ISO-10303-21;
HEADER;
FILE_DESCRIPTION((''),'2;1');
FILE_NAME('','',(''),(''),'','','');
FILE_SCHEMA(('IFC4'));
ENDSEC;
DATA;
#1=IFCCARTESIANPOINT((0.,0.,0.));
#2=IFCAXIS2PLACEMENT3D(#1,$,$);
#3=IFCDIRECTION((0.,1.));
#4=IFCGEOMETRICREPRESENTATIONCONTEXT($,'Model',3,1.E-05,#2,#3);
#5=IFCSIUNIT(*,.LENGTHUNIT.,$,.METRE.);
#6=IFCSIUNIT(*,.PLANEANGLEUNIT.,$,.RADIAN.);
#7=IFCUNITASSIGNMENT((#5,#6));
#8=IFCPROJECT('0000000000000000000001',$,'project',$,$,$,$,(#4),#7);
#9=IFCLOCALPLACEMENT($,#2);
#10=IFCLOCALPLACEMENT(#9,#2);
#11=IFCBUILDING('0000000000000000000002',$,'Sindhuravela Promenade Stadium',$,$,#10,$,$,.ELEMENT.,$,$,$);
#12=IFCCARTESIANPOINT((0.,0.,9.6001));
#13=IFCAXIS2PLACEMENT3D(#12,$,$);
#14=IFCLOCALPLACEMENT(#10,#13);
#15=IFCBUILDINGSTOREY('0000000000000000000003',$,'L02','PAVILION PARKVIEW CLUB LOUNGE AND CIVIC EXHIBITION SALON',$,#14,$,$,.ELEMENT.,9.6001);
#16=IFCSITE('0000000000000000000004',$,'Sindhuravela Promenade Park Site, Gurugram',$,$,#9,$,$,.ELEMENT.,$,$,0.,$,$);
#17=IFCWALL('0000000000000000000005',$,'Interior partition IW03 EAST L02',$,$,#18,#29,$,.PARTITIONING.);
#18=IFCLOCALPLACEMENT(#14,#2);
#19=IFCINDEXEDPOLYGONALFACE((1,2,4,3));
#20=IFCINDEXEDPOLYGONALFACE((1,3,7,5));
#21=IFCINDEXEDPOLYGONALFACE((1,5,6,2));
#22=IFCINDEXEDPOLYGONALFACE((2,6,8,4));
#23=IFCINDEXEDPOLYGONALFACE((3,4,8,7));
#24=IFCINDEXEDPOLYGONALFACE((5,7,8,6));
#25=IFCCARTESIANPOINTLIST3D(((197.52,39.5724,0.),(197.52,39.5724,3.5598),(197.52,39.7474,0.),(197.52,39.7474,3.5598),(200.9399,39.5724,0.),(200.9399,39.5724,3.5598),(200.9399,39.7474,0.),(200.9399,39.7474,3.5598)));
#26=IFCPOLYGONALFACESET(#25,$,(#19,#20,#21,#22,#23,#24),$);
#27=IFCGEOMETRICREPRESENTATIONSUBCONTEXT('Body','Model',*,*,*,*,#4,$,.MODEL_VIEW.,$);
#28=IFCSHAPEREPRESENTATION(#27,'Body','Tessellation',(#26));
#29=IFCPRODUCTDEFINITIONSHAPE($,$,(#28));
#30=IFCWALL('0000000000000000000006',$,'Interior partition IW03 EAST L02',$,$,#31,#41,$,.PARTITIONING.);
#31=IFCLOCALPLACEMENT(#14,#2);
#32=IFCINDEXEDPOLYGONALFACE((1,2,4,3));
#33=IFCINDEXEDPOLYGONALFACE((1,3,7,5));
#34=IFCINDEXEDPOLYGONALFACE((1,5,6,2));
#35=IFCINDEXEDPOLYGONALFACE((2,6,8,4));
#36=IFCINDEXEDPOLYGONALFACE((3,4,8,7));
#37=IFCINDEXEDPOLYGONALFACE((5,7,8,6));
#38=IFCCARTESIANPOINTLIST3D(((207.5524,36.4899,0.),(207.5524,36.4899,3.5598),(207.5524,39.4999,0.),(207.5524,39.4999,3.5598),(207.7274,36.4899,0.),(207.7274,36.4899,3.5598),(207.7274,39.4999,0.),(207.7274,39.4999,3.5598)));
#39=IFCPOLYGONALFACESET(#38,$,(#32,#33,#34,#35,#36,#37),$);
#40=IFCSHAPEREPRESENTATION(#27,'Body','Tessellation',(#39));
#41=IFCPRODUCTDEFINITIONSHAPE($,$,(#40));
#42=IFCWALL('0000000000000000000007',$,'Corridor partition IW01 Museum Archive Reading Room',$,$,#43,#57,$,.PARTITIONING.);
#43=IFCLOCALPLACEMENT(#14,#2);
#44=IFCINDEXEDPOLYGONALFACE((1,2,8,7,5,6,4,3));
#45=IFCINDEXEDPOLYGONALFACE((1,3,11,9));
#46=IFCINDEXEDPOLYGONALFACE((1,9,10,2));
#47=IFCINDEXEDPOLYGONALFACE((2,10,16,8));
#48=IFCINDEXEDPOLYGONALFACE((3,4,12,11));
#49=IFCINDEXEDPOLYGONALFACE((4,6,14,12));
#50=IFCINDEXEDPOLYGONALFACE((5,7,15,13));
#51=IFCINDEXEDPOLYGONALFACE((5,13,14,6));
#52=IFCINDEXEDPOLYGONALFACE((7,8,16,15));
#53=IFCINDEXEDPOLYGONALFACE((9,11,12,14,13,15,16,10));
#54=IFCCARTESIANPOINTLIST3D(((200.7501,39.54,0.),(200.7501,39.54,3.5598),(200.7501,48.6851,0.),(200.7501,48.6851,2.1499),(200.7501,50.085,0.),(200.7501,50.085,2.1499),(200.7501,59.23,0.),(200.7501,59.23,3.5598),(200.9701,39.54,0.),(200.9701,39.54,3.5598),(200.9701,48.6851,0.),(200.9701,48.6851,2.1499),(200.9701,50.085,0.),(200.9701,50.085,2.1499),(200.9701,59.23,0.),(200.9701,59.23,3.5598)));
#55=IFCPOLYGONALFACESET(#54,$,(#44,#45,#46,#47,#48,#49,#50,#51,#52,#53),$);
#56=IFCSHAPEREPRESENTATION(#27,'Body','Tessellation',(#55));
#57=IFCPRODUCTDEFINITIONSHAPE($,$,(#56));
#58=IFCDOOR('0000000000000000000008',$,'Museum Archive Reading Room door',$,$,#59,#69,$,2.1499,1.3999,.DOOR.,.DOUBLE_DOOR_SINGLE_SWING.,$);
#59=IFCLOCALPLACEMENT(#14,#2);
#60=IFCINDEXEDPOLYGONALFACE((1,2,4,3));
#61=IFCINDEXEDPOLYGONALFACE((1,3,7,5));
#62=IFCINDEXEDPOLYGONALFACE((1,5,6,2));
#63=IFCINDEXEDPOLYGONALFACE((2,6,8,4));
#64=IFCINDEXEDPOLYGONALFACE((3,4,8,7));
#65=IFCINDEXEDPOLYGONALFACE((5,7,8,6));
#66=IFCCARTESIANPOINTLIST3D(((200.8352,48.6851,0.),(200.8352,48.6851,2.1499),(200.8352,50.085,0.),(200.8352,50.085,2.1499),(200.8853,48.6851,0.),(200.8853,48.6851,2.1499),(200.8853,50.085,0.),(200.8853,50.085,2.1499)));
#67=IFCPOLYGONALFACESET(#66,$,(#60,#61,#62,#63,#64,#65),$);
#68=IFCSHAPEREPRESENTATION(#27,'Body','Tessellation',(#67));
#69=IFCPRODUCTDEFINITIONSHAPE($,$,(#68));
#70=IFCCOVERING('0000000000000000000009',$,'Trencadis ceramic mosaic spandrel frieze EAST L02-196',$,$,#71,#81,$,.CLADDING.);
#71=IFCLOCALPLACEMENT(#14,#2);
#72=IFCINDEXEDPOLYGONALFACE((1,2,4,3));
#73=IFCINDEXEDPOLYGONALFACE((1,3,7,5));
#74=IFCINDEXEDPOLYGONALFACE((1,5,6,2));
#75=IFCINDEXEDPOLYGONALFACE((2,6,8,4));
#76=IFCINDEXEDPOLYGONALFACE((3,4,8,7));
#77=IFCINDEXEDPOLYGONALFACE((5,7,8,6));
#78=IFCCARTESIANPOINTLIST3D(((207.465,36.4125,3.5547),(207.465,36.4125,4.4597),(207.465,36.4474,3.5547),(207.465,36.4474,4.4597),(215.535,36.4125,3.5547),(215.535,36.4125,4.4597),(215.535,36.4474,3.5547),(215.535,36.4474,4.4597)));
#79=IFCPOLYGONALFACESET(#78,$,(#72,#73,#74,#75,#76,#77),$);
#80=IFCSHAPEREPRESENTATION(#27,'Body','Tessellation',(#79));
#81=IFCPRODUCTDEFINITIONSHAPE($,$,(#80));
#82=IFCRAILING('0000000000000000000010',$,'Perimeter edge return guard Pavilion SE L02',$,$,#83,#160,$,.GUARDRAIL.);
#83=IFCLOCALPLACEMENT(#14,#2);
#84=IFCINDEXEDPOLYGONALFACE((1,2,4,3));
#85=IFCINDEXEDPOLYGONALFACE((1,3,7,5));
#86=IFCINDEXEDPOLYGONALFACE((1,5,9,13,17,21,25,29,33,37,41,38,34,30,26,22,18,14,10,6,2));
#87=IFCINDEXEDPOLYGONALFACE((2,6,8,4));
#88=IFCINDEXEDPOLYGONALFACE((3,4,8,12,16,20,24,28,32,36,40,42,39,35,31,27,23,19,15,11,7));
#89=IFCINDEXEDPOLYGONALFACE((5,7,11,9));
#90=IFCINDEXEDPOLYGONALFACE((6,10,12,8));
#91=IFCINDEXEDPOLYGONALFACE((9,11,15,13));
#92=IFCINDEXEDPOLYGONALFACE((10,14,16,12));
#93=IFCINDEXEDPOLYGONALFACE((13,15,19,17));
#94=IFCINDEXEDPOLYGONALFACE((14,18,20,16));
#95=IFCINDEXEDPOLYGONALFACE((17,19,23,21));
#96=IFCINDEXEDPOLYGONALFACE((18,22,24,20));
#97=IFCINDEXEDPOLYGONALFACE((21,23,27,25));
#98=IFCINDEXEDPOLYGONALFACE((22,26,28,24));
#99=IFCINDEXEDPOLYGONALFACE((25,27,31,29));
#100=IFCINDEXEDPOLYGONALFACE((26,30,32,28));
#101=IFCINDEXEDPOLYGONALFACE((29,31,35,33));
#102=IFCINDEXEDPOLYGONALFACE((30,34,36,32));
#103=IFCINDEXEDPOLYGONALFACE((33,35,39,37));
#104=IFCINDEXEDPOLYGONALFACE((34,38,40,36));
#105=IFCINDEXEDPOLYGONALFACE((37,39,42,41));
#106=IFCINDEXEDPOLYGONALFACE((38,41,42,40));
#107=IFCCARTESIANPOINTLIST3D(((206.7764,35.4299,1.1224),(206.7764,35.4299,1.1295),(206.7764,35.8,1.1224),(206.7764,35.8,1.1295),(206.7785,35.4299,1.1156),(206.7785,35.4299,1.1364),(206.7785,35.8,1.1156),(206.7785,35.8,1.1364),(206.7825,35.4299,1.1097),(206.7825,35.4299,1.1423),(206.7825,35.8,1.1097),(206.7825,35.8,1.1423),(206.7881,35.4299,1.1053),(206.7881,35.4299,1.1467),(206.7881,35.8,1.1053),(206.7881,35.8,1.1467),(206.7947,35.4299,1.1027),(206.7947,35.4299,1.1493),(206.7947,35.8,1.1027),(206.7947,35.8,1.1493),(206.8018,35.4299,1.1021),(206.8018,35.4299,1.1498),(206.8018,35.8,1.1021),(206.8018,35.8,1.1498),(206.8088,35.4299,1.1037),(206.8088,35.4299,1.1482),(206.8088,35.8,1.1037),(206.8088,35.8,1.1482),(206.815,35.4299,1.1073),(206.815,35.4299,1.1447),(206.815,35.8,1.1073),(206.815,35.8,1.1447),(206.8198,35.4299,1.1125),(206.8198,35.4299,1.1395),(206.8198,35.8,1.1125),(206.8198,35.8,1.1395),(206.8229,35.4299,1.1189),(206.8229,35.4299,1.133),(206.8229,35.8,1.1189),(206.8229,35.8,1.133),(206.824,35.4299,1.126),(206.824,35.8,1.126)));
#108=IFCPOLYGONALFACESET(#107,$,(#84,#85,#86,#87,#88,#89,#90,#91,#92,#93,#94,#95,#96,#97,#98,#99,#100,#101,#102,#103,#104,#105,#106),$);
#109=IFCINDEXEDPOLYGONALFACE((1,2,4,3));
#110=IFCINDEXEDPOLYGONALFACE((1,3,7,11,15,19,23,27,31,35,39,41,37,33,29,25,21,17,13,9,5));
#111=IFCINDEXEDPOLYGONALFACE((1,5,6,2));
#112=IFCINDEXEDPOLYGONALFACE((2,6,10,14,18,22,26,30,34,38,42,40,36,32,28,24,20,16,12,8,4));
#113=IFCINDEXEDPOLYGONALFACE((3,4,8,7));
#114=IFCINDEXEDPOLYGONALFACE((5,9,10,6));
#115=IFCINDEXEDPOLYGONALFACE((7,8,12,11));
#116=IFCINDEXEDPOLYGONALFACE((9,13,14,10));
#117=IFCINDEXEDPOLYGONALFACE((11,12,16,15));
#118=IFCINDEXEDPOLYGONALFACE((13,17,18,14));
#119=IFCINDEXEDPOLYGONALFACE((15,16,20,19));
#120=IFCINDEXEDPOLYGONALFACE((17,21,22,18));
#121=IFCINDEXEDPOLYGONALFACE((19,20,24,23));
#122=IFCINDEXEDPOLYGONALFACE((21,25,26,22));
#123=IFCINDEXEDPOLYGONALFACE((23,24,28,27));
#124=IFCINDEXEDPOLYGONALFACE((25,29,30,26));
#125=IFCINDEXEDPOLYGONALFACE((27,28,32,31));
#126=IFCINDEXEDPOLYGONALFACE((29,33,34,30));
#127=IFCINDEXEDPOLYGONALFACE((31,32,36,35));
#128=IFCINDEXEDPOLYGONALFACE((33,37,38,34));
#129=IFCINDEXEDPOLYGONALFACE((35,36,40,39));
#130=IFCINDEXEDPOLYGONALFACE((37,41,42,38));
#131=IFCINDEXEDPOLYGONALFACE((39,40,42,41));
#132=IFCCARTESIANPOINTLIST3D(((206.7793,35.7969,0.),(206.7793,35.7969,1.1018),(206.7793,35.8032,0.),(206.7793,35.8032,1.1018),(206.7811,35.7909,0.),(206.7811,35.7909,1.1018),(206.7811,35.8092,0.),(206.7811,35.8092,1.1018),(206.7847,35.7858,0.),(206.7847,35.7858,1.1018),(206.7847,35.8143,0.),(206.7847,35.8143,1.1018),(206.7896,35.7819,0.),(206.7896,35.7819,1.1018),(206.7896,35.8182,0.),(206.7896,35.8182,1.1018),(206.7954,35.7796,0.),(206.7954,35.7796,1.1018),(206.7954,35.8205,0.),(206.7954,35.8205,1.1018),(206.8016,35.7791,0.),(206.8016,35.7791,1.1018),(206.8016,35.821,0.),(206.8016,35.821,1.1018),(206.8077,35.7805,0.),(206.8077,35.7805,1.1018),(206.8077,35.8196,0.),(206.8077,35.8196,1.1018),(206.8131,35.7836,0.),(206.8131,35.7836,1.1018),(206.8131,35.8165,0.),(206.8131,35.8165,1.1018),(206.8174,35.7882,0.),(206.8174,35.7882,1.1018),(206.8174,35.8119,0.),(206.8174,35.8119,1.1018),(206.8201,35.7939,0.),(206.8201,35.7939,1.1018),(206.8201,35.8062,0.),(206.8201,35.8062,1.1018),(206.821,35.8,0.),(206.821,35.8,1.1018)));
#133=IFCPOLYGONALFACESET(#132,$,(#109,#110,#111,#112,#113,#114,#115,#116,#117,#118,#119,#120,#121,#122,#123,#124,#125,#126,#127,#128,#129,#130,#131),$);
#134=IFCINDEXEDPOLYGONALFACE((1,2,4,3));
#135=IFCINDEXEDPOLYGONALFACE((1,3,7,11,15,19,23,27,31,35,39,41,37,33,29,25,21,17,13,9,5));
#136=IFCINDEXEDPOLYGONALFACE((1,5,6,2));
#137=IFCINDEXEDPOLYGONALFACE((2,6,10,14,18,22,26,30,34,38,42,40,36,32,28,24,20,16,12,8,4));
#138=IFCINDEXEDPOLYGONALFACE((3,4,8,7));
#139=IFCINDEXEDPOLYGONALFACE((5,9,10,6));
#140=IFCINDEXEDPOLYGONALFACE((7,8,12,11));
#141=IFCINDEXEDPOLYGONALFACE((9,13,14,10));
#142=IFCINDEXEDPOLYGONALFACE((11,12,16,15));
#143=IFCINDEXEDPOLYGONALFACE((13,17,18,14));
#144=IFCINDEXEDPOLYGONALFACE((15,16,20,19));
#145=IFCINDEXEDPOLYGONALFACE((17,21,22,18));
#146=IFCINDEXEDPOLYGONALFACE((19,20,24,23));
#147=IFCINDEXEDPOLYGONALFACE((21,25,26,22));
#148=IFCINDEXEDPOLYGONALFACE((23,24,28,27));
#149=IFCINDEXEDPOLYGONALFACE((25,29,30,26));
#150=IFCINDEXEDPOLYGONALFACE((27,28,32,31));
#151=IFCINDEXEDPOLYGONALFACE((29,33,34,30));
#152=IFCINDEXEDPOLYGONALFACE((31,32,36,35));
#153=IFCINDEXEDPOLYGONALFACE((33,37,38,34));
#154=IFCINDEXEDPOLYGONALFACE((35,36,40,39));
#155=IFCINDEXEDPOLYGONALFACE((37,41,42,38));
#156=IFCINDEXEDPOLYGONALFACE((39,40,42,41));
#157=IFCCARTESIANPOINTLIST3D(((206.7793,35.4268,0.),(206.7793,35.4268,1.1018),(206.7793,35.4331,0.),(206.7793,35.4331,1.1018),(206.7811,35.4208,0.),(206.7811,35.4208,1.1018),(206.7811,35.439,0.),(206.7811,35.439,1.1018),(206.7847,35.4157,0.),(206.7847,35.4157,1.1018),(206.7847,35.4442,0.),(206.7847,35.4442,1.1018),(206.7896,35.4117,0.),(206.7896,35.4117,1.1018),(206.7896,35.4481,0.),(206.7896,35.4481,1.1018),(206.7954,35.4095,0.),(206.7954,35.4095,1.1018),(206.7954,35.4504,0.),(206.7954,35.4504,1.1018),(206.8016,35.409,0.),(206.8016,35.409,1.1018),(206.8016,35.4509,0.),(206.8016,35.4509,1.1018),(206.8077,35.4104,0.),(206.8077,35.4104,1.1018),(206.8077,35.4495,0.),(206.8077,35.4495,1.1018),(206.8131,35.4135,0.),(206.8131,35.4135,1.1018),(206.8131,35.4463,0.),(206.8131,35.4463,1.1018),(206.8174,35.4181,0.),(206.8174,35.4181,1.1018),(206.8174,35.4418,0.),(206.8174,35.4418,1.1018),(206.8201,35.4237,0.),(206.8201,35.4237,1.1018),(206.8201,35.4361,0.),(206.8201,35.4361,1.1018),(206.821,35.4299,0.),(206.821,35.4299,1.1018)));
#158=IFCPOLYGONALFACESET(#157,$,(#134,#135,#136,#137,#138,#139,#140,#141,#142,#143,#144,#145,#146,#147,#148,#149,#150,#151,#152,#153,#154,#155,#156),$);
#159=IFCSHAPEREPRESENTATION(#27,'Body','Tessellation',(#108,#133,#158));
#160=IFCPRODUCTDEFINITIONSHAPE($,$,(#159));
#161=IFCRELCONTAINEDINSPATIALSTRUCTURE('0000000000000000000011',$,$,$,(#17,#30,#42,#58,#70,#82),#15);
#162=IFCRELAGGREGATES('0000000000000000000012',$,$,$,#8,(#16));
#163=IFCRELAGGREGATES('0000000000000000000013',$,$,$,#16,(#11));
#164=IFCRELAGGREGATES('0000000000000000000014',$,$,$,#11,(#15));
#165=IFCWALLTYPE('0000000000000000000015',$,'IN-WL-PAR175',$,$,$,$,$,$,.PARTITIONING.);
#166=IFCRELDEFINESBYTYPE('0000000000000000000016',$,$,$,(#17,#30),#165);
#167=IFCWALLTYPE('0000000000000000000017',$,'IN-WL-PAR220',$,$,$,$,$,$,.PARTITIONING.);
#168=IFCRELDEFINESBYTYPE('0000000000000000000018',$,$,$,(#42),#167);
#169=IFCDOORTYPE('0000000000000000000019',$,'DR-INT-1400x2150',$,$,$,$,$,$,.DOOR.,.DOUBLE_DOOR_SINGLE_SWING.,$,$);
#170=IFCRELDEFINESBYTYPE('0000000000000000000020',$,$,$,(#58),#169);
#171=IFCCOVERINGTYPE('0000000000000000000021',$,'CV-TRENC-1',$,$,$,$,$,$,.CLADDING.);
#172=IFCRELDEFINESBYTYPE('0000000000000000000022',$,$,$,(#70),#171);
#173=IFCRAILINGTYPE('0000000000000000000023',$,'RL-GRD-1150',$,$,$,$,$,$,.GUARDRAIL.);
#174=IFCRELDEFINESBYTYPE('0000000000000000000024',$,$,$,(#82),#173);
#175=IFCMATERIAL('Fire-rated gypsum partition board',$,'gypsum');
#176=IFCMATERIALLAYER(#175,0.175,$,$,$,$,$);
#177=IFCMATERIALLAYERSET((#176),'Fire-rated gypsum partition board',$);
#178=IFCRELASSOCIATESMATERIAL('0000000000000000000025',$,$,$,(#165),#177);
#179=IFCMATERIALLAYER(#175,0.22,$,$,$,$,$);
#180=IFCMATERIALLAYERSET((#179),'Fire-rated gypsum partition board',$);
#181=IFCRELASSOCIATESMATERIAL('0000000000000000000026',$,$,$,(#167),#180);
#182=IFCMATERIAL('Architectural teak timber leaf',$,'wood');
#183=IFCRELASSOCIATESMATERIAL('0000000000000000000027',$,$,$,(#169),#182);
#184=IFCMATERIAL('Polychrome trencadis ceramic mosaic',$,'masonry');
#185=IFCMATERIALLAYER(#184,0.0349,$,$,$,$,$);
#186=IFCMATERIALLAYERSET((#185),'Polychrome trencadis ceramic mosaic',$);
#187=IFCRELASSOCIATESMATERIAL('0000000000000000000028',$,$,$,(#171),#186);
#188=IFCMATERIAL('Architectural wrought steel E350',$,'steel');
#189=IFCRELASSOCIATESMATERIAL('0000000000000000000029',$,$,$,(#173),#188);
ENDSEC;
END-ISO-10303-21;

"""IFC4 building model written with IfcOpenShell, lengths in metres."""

from ifc_helpers import new_model, si_unit, direction, frame, frame_2d, origin, origin_2d, place, context, subcontext, project, spatial, rectangle, circle, extrude, material, layer, layer_set, type_object, element, fill, save


model = new_model("IFC4")

# Units and contexts
model_context = context("Model", 3, precision=1e-05, world=origin(), true_north=direction((0.0, 1.0)))
body_context = subcontext(model_context, "Body", "Model", "MODEL_VIEW")
ifc_project = project(units=[si_unit("LENGTHUNIT", "METRE"), si_unit("PLANEANGLEUNIT", "RADIAN")], contexts=[model_context])

# Site, building, storey
site_placement = place(None, origin())
site = spatial("IfcSite", under=ifc_project, at=site_placement, Name="Sindhuravela Promenade Park Site, Gurugram", CompositionType="ELEMENT", RefElevation=0.0)
building_placement = place(site_placement, origin())
building = spatial("IfcBuilding", under=site, at=building_placement, Name="Sindhuravela Promenade Stadium", CompositionType="ELEMENT")
storey_placement = place(building_placement, frame((0.0, 0.0, 9.6001)))
storey = spatial("IfcBuildingStorey", under=building, at=storey_placement, Name="L02", Description="PAVILION PARKVIEW CLUB LOUNGE AND CIVIC EXHIBITION SALON", CompositionType="ELEMENT", Elevation=9.6001)

# Walls
ifc_material_1 = material(Name="Fire-rated gypsum partition board", Category="gypsum")
ifc_layer_1 = layer(ifc_material_1, 0.175)
ifc_layer_set_1 = layer_set([ifc_layer_1], Name="Fire-rated gypsum partition board")
wall_type_1 = type_object("IfcWallType", Name="IN-WL-PAR175", PredefinedType="PARTITIONING", material=ifc_layer_set_1)
wall_1_placement = place(storey_placement, frame((200.9399, 39.6599, 0.0), z_axis=(0.0, 0.0, 1.0), x_axis=(-1.0, 0.0, 0.0)))
element("IfcWall", 1, at=wall_1_placement, inside=storey, type_object=wall_type_1, Name="Interior partition IW03 EAST L02", PredefinedType="PARTITIONING", context=body_context, shape_type="SweptSolid", body=[
    extrude(rectangle(XDim=3.4199, YDim=0.175, at=frame_2d((1.71, 0.0))), origin(), (0.0, 0.0, 1.0), 3.5598),
])
wall_2_placement = place(storey_placement, frame((207.6399, 36.49, 0.0), z_axis=(0.0, 0.0, 1.0), x_axis=(0.0, 1.0, 0.0)))
element("IfcWall", 2, at=wall_2_placement, inside=storey, type_object=wall_type_1, Name="Interior partition IW03 EAST L02", PredefinedType="PARTITIONING", context=body_context, shape_type="SweptSolid", body=[
    extrude(rectangle(XDim=3.01, YDim=0.175, at=frame_2d((1.5049, 0.0))), origin(), (0.0, 0.0, 1.0), 3.5598),
])

# Wall, opening, door
ifc_material_2 = material(Name="Architectural teak timber leaf", Category="wood")
ifc_layer_2 = layer(ifc_material_1, 0.22)
ifc_layer_set_2 = layer_set([ifc_layer_2], Name="Fire-rated gypsum partition board")
wall_type_2 = type_object("IfcWallType", Name="IN-WL-PAR220", PredefinedType="PARTITIONING", material=ifc_layer_set_2)
wall_3_placement = place(storey_placement, frame((200.8601, 39.54, 0.0), z_axis=(0.0, 0.0, 1.0), x_axis=(0.0, 1.0, 0.0)))
wall_3 = element("IfcWall", 3, at=wall_3_placement, inside=storey, type_object=wall_type_2, Name="Corridor partition IW01 Museum Archive Reading Room", PredefinedType="PARTITIONING", context=body_context, shape_type="SweptSolid", body=[
    extrude(rectangle(XDim=19.6899, YDim=0.22, at=frame_2d((9.845, 0.0))), origin(), (0.0, 0.0, 1.0), 3.5598),
])
opening_1_placement = place(wall_3_placement, frame((9.145, 0.0, 0.0)))
opening_1 = element("IfcOpeningElement", 4, at=opening_1_placement, cuts=wall_3, PredefinedType="OPENING", context=body_context, shape_type="SweptSolid", body=[
    extrude(rectangle(XDim=1.3999, YDim=2.1499, at=frame_2d((0.7, 1.075))), frame((0.0, 0.1199, 0.0), z_axis=(0.0, -1.0, 0.0), x_axis=(1.0, 0.0, 0.0)), (0.0, 0.0, 1.0), 0.24),
])
door_type_1 = type_object("IfcDoorType", Name="DR-INT-1400x2150", OperationType="DOUBLE_DOOR_SINGLE_SWING", PredefinedType="DOOR", material=ifc_material_2)
door_1_placement = place(opening_1_placement, origin())
door_1 = element("IfcDoor", 5, at=door_1_placement, inside=storey, type_object=door_type_1, Name="Museum Archive Reading Room door", OperationType="DOUBLE_DOOR_SINGLE_SWING", OverallHeight=2.1499, OverallWidth=1.3999, PredefinedType="DOOR", context=body_context, shape_type="SweptSolid", body=[
    extrude(rectangle(XDim=1.3999, YDim=2.1499, at=frame_2d((0.7, 1.075))), frame((0.0, 0.0249, 0.0), z_axis=(0.0, -1.0, 0.0), x_axis=(1.0, 0.0, 0.0)), (0.0, 0.0, 1.0), 0.05),
])
fill(opening_1, door_1)

# Covering
ifc_material_3 = material(Name="Polychrome trencadis ceramic mosaic", Category="masonry")
ifc_layer_3 = layer(ifc_material_3, 0.0349)
ifc_layer_set_3 = layer_set([ifc_layer_3], Name="Polychrome trencadis ceramic mosaic")
covering_type = type_object("IfcCoveringType", Name="CV-TRENC-1", PredefinedType="CLADDING", material=ifc_layer_set_3)
covering_placement = place(storey_placement, frame((211.5, 36.4299, 3.5547), z_axis=(0.0, 0.0, 1.0), x_axis=(-1.0, 0.0, 0.0)))
element("IfcCovering", 6, at=covering_placement, inside=storey, type_object=covering_type, Name="Trencadis ceramic mosaic spandrel frieze EAST L02-196", PredefinedType="CLADDING", context=body_context, shape_type="SweptSolid", body=[
    extrude(rectangle(XDim=8.0701, YDim=0.0349, at=origin_2d()), origin(), (0.0, 0.0, 1.0), 0.905),
])

# Railing
ifc_material_4 = material(Name="Architectural wrought steel E350", Category="steel")
railing_type = type_object("IfcRailingType", Name="RL-GRD-1150", PredefinedType="GUARDRAIL", material=ifc_material_4)
railing_placement = place(storey_placement, frame((206.8, 35.8, 0.0)))
element("IfcRailing", 7, at=railing_placement, inside=storey, type_object=railing_type, Name="Perimeter edge return guard Pavilion SE L02", PredefinedType="GUARDRAIL", context=body_context, shape_type="SweptSolid", body=[
    extrude(circle(Radius=0.0239, at=origin_2d()), frame((0.0, 0.0, 1.126), z_axis=(0.0, -1.0, 0.0), x_axis=(1.0, 0.0, 0.0)), (0.0, 0.0, 1.0), 0.3701),
    extrude(circle(Radius=0.021, at=origin_2d()), origin(), (0.0, 0.0, 1.0), 1.1018),
    extrude(circle(Radius=0.021, at=origin_2d()), frame((0.0, -0.3701, 0.0)), (0.0, 0.0, 1.0), 1.1018),
])

save(model, "model.ifc")
